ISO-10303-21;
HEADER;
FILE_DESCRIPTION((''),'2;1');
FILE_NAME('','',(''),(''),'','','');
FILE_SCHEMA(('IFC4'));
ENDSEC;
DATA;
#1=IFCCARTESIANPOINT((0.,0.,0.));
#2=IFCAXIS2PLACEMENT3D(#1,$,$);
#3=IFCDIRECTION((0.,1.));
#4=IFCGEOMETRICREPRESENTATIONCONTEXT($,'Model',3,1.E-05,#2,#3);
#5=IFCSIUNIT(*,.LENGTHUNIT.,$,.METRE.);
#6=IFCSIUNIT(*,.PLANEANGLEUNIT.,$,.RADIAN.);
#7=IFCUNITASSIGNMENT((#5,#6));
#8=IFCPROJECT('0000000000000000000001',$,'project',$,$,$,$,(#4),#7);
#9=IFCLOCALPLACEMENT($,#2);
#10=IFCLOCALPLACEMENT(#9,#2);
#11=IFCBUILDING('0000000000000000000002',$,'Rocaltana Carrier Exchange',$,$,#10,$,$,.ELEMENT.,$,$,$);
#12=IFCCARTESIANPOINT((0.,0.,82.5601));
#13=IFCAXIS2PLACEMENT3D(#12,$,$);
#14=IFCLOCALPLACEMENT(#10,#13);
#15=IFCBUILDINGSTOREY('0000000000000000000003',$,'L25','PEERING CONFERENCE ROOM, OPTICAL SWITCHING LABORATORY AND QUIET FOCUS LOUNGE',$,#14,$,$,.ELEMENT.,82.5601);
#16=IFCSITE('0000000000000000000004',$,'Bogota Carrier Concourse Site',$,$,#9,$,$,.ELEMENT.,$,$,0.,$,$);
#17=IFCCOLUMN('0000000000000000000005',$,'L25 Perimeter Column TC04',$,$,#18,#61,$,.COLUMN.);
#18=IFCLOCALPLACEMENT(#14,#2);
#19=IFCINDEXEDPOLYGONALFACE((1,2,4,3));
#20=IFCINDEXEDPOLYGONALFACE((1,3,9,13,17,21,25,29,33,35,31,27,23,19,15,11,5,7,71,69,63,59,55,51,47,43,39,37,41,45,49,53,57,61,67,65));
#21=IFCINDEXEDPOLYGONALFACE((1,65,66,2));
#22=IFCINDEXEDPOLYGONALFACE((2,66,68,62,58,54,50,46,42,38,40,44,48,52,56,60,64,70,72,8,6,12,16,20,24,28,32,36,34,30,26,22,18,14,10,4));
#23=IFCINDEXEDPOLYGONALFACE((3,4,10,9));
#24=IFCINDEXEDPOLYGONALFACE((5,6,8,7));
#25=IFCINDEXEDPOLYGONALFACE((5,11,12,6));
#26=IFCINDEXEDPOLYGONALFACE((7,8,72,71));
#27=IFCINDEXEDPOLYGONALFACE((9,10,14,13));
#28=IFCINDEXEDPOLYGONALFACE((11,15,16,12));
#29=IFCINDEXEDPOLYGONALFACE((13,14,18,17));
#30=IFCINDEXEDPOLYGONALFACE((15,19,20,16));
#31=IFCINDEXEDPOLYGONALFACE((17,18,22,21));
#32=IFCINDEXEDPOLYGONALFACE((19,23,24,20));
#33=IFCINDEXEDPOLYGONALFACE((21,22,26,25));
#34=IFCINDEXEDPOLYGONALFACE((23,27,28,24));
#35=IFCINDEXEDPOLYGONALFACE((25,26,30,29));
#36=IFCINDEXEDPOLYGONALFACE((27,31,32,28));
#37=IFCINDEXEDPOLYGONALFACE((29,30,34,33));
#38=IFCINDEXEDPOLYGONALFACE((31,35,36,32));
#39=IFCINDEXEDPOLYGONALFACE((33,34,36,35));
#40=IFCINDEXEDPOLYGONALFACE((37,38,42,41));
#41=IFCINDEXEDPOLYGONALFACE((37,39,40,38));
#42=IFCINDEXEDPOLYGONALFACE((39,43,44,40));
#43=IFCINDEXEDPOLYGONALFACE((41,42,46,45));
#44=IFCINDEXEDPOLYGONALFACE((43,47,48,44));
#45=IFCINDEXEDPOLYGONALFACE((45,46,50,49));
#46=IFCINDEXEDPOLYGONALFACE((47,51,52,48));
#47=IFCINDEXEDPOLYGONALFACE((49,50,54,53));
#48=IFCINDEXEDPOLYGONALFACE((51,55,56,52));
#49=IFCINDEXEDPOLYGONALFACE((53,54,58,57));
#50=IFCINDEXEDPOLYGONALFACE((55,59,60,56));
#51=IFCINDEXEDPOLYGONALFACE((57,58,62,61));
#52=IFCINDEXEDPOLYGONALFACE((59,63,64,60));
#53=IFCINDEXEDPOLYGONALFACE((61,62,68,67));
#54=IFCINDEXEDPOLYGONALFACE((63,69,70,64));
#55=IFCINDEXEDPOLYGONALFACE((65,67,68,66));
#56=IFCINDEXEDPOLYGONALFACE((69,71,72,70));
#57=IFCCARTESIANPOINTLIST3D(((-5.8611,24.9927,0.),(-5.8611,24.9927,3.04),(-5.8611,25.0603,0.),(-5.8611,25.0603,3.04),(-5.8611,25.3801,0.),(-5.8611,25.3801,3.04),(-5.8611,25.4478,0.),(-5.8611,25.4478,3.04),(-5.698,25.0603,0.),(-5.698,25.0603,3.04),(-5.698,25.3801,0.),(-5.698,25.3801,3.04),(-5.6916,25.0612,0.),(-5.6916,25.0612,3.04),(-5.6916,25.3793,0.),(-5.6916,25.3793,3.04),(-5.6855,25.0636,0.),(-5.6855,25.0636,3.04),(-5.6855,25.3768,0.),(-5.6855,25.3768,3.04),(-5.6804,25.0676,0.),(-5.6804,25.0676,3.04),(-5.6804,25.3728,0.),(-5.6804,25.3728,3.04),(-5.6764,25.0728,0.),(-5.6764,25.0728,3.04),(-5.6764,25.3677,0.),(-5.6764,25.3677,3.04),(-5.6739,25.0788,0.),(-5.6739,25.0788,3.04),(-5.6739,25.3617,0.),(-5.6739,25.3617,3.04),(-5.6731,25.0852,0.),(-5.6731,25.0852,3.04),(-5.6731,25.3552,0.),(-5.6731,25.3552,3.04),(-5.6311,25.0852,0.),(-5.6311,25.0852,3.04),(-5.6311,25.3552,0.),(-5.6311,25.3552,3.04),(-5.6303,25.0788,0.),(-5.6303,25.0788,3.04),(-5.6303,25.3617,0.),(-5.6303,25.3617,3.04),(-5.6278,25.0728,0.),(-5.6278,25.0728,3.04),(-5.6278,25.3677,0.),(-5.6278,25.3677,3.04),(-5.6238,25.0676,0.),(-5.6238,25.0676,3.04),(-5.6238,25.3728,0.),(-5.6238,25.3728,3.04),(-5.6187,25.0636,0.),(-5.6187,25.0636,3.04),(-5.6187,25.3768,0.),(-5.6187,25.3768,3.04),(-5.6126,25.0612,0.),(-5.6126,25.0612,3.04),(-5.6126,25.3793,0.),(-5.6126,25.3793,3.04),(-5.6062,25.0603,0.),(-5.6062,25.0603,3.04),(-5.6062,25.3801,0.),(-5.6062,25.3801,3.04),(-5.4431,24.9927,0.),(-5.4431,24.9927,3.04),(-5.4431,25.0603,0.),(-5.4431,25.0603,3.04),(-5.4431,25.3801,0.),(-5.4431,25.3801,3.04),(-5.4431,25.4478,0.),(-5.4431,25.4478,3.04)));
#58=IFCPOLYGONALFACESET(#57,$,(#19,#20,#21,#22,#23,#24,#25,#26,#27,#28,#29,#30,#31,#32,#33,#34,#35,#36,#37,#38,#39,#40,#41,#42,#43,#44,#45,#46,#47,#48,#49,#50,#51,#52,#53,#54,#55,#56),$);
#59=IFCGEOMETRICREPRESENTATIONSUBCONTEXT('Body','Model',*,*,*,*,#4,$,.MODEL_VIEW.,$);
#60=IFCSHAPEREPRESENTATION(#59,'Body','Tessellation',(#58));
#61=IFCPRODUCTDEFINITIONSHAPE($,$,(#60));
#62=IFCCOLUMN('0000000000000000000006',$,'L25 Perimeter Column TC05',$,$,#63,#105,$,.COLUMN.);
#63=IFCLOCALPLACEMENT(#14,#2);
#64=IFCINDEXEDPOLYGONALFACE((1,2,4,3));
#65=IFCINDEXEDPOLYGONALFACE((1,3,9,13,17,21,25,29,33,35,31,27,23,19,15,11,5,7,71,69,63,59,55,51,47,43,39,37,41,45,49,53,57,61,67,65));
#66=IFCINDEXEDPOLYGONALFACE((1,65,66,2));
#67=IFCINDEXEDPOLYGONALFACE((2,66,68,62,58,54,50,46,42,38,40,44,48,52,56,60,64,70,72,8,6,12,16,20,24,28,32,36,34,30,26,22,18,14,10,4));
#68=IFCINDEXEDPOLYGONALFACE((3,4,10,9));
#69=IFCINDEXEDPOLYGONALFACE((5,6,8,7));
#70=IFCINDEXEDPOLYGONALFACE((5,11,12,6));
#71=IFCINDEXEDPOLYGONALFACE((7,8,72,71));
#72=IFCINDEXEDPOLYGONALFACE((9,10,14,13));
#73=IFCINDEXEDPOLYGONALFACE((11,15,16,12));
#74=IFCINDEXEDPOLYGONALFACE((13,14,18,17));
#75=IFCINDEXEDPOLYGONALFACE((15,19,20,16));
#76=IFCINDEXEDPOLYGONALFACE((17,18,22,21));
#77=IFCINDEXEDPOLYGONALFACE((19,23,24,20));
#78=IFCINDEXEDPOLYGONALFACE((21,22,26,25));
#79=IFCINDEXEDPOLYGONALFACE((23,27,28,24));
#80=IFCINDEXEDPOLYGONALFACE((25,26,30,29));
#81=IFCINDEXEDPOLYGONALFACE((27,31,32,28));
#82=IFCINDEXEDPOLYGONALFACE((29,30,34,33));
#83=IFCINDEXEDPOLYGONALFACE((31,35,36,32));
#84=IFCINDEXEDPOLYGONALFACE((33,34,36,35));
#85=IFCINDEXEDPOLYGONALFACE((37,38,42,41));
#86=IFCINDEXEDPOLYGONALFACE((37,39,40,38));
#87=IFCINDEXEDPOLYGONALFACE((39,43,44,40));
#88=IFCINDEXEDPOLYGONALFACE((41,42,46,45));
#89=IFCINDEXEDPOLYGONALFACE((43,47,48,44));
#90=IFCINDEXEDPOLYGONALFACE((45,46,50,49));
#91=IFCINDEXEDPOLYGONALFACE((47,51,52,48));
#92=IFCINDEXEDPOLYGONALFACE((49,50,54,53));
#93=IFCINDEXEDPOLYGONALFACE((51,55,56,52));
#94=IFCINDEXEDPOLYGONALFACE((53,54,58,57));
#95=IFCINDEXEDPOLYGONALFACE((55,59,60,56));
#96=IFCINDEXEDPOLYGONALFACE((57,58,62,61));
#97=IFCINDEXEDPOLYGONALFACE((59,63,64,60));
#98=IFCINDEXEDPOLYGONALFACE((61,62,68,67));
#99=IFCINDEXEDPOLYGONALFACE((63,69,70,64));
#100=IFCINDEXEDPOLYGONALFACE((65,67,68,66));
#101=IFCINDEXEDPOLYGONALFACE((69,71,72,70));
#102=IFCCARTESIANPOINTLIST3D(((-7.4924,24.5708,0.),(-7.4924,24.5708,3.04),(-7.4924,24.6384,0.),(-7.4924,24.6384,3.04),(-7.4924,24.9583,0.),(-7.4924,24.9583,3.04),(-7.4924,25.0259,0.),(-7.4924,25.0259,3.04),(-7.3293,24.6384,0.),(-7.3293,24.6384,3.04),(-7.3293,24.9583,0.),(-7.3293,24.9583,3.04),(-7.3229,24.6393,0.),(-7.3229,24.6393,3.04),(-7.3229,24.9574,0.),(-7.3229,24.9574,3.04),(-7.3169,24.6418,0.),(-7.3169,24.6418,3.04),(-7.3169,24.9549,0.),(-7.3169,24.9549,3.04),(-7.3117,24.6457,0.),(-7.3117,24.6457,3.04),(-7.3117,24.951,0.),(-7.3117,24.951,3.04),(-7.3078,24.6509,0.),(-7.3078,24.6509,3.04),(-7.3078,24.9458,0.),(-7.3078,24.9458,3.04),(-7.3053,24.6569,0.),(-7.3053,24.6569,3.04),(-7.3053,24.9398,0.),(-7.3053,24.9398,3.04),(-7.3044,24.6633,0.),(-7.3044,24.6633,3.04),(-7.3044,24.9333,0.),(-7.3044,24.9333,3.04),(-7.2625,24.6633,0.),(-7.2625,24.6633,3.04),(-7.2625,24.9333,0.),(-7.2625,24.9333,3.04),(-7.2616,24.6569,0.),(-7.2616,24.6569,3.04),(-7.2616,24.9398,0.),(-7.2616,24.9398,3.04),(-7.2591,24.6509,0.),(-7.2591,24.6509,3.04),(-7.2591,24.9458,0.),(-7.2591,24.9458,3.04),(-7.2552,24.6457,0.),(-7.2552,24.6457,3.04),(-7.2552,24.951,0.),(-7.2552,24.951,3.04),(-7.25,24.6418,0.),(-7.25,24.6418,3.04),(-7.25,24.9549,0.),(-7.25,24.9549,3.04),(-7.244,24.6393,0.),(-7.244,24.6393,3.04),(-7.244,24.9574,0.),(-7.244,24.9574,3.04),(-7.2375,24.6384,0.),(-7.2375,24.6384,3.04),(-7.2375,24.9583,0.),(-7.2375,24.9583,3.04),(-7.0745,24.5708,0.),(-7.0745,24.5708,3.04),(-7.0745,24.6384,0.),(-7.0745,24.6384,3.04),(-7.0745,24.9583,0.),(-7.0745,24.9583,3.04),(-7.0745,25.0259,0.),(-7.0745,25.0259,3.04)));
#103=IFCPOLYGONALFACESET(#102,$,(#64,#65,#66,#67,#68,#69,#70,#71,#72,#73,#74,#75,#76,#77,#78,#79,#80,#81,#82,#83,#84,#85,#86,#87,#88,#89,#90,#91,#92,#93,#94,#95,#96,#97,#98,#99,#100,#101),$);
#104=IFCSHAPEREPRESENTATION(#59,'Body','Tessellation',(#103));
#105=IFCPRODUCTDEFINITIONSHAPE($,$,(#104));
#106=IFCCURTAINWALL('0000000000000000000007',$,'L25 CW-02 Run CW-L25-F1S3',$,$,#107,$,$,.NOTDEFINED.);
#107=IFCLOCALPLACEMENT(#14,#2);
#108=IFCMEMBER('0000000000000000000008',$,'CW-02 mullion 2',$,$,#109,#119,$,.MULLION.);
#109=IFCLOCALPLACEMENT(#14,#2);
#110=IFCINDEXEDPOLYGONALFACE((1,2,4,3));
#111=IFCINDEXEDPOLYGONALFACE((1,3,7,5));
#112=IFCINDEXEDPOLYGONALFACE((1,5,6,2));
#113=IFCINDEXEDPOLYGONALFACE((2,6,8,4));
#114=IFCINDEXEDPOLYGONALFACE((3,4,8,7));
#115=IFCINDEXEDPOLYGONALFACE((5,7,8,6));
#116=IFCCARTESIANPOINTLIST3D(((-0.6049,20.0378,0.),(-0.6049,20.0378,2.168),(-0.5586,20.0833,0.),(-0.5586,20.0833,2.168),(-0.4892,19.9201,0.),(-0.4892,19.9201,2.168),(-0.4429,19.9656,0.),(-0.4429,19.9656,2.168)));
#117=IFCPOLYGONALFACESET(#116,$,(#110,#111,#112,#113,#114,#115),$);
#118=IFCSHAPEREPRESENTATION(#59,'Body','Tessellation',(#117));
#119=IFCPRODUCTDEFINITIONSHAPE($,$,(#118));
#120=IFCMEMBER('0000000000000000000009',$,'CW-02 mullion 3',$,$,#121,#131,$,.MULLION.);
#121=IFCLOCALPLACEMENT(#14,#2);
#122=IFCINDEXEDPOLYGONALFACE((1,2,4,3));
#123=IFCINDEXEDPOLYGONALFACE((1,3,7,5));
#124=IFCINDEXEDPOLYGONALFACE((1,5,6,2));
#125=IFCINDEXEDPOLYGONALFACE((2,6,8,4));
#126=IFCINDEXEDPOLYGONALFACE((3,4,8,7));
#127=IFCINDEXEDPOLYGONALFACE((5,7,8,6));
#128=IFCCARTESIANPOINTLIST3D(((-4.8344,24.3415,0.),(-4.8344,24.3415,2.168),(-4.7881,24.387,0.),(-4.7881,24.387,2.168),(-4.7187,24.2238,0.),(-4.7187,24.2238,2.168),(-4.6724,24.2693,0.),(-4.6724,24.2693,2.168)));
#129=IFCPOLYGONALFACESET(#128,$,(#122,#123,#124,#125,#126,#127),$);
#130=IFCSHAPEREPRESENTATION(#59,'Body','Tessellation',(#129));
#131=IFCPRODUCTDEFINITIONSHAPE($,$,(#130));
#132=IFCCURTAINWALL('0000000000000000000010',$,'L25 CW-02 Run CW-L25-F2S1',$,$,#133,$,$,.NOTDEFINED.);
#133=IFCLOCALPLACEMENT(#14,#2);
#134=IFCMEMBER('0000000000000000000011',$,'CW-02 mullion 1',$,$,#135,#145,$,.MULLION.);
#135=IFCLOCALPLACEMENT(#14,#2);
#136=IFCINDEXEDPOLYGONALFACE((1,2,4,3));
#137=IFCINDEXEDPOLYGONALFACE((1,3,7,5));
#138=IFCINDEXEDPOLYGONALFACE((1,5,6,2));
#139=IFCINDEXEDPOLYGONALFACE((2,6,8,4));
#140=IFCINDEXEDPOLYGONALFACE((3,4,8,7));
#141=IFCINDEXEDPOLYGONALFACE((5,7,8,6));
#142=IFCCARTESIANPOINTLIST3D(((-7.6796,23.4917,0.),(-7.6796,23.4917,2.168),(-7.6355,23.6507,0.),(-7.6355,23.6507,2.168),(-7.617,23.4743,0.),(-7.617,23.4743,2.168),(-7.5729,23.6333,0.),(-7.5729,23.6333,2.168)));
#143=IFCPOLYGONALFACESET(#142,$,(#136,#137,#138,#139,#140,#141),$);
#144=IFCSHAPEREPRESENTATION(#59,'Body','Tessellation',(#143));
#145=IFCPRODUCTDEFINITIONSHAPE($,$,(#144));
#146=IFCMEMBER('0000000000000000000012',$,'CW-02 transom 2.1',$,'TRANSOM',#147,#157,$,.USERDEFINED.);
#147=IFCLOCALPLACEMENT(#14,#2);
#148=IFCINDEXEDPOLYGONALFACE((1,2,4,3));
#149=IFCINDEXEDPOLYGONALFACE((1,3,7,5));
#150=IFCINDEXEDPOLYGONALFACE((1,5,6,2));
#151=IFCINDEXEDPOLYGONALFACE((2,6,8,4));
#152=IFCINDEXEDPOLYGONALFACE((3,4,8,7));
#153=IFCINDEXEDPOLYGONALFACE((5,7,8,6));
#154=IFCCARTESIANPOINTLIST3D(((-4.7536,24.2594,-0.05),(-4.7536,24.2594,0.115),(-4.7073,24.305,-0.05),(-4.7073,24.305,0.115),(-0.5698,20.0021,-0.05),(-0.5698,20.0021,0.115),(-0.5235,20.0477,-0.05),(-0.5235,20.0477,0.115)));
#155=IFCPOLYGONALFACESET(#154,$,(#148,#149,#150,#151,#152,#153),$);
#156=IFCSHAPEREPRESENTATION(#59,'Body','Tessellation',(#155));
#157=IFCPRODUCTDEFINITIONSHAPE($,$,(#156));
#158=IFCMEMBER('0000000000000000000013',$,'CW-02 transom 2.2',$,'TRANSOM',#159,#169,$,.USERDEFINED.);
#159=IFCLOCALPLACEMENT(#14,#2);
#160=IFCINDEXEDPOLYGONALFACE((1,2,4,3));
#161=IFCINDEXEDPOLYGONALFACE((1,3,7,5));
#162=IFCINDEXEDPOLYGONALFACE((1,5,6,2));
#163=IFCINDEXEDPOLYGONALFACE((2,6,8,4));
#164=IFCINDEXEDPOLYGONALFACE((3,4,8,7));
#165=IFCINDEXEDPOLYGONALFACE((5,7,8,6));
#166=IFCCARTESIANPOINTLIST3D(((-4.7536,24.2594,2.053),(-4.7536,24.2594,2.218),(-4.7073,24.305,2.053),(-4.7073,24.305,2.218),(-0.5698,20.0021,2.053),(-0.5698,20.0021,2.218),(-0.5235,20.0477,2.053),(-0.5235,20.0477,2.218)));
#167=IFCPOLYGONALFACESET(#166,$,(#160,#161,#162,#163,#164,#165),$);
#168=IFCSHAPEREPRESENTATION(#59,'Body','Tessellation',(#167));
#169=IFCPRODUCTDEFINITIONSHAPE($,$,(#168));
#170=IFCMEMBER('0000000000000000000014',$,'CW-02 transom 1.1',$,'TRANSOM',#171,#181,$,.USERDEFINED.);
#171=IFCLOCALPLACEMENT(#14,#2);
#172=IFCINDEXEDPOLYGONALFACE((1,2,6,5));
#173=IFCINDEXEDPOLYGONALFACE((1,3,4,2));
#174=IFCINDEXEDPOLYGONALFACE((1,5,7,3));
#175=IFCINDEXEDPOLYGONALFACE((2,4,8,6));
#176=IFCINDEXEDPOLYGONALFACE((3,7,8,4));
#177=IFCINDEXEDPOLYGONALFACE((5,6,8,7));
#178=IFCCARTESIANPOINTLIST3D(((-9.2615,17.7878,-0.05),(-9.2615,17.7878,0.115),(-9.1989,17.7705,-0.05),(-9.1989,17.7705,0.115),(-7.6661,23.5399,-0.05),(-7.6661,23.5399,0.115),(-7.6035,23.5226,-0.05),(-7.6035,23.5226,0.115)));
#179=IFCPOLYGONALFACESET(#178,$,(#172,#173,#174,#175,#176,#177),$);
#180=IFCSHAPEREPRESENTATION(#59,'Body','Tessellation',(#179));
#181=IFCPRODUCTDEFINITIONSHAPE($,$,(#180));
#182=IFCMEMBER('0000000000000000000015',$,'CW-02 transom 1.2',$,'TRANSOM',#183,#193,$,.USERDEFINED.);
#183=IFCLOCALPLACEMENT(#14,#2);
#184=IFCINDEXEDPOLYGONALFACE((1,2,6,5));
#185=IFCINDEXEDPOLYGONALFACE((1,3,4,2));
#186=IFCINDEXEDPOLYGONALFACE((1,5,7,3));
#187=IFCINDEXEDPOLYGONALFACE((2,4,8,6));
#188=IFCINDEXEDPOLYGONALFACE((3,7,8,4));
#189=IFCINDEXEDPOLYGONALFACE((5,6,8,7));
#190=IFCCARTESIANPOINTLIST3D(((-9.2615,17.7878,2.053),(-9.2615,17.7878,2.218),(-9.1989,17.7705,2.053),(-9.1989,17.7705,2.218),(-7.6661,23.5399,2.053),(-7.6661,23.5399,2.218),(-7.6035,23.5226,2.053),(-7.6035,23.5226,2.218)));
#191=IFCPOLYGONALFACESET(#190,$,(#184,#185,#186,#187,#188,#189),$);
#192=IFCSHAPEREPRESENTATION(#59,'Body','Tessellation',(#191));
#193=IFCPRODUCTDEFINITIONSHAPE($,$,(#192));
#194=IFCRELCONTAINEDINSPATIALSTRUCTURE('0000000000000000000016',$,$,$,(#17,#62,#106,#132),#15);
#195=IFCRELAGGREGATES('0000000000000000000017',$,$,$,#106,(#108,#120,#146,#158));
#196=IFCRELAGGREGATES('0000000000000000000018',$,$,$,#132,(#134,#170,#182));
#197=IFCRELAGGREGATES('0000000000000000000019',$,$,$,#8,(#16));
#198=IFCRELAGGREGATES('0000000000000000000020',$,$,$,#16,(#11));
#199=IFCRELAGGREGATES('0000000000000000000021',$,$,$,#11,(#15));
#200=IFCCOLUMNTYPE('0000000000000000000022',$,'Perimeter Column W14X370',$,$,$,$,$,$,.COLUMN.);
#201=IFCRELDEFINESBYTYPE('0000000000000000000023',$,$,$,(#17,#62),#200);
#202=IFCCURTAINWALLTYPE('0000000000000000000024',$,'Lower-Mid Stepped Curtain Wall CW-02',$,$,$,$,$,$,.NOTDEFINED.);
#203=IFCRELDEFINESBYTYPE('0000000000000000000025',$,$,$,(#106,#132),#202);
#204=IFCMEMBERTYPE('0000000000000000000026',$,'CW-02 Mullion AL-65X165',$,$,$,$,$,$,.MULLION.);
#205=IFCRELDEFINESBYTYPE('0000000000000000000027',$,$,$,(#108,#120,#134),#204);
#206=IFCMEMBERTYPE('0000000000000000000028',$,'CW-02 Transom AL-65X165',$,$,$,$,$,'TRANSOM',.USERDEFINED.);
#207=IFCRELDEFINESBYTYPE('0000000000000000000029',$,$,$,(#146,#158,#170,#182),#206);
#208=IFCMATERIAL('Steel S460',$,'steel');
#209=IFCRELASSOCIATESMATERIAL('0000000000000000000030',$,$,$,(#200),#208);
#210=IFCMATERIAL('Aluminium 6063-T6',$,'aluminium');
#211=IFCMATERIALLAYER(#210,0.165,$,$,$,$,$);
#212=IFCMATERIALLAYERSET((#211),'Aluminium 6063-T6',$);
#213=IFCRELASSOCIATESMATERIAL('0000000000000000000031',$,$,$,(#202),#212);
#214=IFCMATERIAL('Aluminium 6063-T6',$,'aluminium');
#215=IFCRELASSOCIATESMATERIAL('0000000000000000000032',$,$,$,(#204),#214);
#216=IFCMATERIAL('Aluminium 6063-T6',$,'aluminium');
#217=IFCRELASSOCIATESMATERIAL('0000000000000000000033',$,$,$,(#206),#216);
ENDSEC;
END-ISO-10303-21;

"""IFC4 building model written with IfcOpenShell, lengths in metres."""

from ifc_helpers import new_model, si_unit, direction, frame, origin, origin_2d, place, context, subcontext, project, spatial, rectangle, i_section, extrude, material, layer, layer_set, material_profile, profile_set, type_object, element, aggregate, save


model = new_model("IFC4")

# Units and contexts
model_context = context("Model", 3, precision=1e-05, world=origin(), true_north=direction((0.0, 1.0)))
body_context = subcontext(model_context, "Body", "Model", "MODEL_VIEW")
ifc_project = project(units=[si_unit("LENGTHUNIT", "METRE"), si_unit("PLANEANGLEUNIT", "RADIAN")], contexts=[model_context])

# Site, building, storey
site_placement = place(None, origin())
site = spatial("IfcSite", under=ifc_project, at=site_placement, Name="Bogota Carrier Concourse Site", CompositionType="ELEMENT", RefElevation=0.0)
building_placement = place(site_placement, origin())
building = spatial("IfcBuilding", under=site, at=building_placement, Name="Rocaltana Carrier Exchange", CompositionType="ELEMENT")
storey_placement = place(building_placement, frame((0.0, 0.0, 82.5601)))
storey = spatial("IfcBuildingStorey", under=building, at=storey_placement, Name="L25", Description="PEERING CONFERENCE ROOM, OPTICAL SWITCHING LABORATORY AND QUIET FOCUS LOUNGE", CompositionType="ELEMENT", Elevation=82.5601)

# Columns
ifc_material_1 = material(Name="Steel S460", Category="steel")
ifc_material_profile_1 = material_profile(ifc_material_1, i_section(OverallWidth=0.418, OverallDepth=0.4551, WebThickness=0.042, FlangeThickness=0.0676, FilletRadius=0.0249, at=origin_2d()), Name="W14X370")
ifc_profile_set_1 = profile_set([ifc_material_profile_1], Name="Steel S460")
column_type = type_object("IfcColumnType", Name="Perimeter Column W14X370", PredefinedType="COLUMN", material=ifc_profile_set_1)
for number, where, z_axis, x_axis, name in (
    (1, (-5.6521, 25.2202, 0.0), (0.0, 0.0, 1.0), (1.0, 0.0, 0.0), "L25 Perimeter Column TC04"),
    (2, (-7.2834, 24.7983, 0.0), (0.0, 0.0, 1.0), (1.0, 0.0, 0.0), "L25 Perimeter Column TC05"),
):
    element("IfcColumn", number, at=place(storey_placement, frame(where, z_axis=z_axis, x_axis=x_axis)), inside=storey, type_object=column_type, Name=name, PredefinedType="COLUMN", context=body_context, shape_type="SweptSolid", body=[
        extrude(i_section(OverallWidth=0.418, OverallDepth=0.4551, WebThickness=0.042, FlangeThickness=0.0676, FilletRadius=0.0249, at=origin_2d()), origin(), (0.0, 0.0, 1.0), 3.04),
    ])

# Curtain wall, members
ifc_material_2 = material(Name="Aluminium 6063-T6", Category="aluminium")
ifc_layer_1 = layer(ifc_material_2, 0.165)
ifc_layer_set_1 = layer_set([ifc_layer_1], Name="Aluminium 6063-T6")
curtain_wall_type = type_object("IfcCurtainWallType", Name="Lower-Mid Stepped Curtain Wall CW-02", PredefinedType="NOTDEFINED", material=ifc_layer_set_1)
curtain_wall_1_placement = place(storey_placement, origin())
curtain_wall_1 = element("IfcCurtainWall", 3, at=curtain_wall_1_placement, inside=storey, type_object=curtain_wall_type, Name="L25 CW-02 Run CW-L25-F1S3", PredefinedType="NOTDEFINED")
ifc_material_3 = material(Name="Aluminium 6063-T6", Category="aluminium")
ifc_material_profile_2 = material_profile(ifc_material_3, rectangle(XDim=0.0649, YDim=0.165, at=origin_2d()), Name="AL-65X165")
ifc_profile_set_2 = profile_set([ifc_material_profile_2], Name="Aluminium 6063-T6")
member_type_1 = type_object("IfcMemberType", Name="CW-02 Mullion AL-65X165", PredefinedType="MULLION", material=ifc_profile_set_2)
member_1_placement = place(storey_placement, frame((-0.5239, 20.0017, 0.0), z_axis=(0.0, 0.0, 1.0), x_axis=(-0.713245, -0.700915, 0.0)))
member_1 = element("IfcMember", 4, at=member_1_placement, type_object=member_type_1, Name="CW-02 mullion 2", PredefinedType="MULLION", context=body_context, shape_type="SweptSolid", body=[
    extrude(rectangle(XDim=0.0649, YDim=0.165, at=origin_2d()), origin(), (0.0, 0.0, 1.0), 2.168),
])
member_2_placement = place(storey_placement, frame((-4.7534, 24.3054, 0.0), z_axis=(0.0, 0.0, 1.0), x_axis=(-0.713245, -0.700915, 0.0)))
member_2 = element("IfcMember", 5, at=member_2_placement, type_object=member_type_1, Name="CW-02 mullion 3", PredefinedType="MULLION", context=body_context, shape_type="SweptSolid", body=[
    extrude(rectangle(XDim=0.0649, YDim=0.165, at=origin_2d()), origin(), (0.0, 0.0, 1.0), 2.168),
])

# Curtain wall, member
curtain_wall_2_placement = place(storey_placement, origin())
curtain_wall_2 = element("IfcCurtainWall", 6, at=curtain_wall_2_placement, inside=storey, type_object=curtain_wall_type, Name="L25 CW-02 Run CW-L25-F2S1", PredefinedType="NOTDEFINED")
member_3_placement = place(storey_placement, frame((-7.6262, 23.5625, 0.0), z_axis=(0.0, 0.0, 1.0), x_axis=(0.963628, -0.267246, 0.0)))
member_3 = element("IfcMember", 7, at=member_3_placement, type_object=member_type_1, Name="CW-02 mullion 1", PredefinedType="MULLION", context=body_context, shape_type="SweptSolid", body=[
    extrude(rectangle(XDim=0.0649, YDim=0.165, at=origin_2d()), origin(), (0.0, 0.0, 1.0), 2.168),
])

# Members
ifc_material_4 = material(Name="Aluminium 6063-T6", Category="aluminium")
ifc_material_profile_3 = material_profile(ifc_material_4, rectangle(XDim=0.0649, YDim=0.165, at=origin_2d()), Name="AL-65X165")
ifc_profile_set_3 = profile_set([ifc_material_profile_3], Name="Aluminium 6063-T6")
member_type_2 = type_object("IfcMemberType", Name="CW-02 Transom AL-65X165", ElementType="TRANSOM", PredefinedType="USERDEFINED", material=ifc_profile_set_3)
member_4_placement = place(storey_placement, frame((-0.5466, 20.0249, 0.0325), z_axis=(-0.700924, 0.713236, 0.0), x_axis=(-0.713236, -0.700924, 0.0)))
member_4 = element("IfcMember", 8, at=member_4_placement, type_object=member_type_2, Name="CW-02 transom 2.1", ObjectType="TRANSOM", PredefinedType="USERDEFINED", context=body_context, shape_type="SweptSolid", body=[
    extrude(rectangle(XDim=0.0649, YDim=0.165, at=origin_2d()), origin(), (0.0, 0.0, 1.0), 5.969),
])
member_5_placement = place(storey_placement, frame((-0.5466, 20.0249, 2.1355), z_axis=(-0.700924, 0.713236, 0.0), x_axis=(-0.713236, -0.700924, 0.0)))
member_5 = element("IfcMember", 9, at=member_5_placement, type_object=member_type_2, Name="CW-02 transom 2.2", ObjectType="TRANSOM", PredefinedType="USERDEFINED", context=body_context, shape_type="SweptSolid", body=[
    extrude(rectangle(XDim=0.0649, YDim=0.165, at=origin_2d()), origin(), (0.0, 0.0, 1.0), 5.969),
])
member_6_placement = place(storey_placement, frame((-7.6348, 23.5312, 0.0325), z_axis=(-0.267275, -0.96362, 0.0), x_axis=(0.96362, -0.267275, 0.0)))
member_6 = element("IfcMember", 10, at=member_6_placement, type_object=member_type_2, Name="CW-02 transom 1.1", ObjectType="TRANSOM", PredefinedType="USERDEFINED", context=body_context, shape_type="SweptSolid", body=[
    extrude(rectangle(XDim=0.0649, YDim=0.165, at=origin_2d()), origin(), (0.0, 0.0, 1.0), 5.9692),
])
member_7_placement = place(storey_placement, frame((-7.6348, 23.5312, 2.1355), z_axis=(-0.267275, -0.96362, 0.0), x_axis=(0.96362, -0.267275, 0.0)))
member_7 = element("IfcMember", 11, at=member_7_placement, type_object=member_type_2, Name="CW-02 transom 1.2", ObjectType="TRANSOM", PredefinedType="USERDEFINED", context=body_context, shape_type="SweptSolid", body=[
    extrude(rectangle(XDim=0.0649, YDim=0.165, at=origin_2d()), origin(), (0.0, 0.0, 1.0), 5.9692),
])

aggregate(curtain_wall_1, [member_1, member_2, member_4, member_5])
aggregate(curtain_wall_2, [member_3, member_6, member_7])

save(model, "model.ifc")
